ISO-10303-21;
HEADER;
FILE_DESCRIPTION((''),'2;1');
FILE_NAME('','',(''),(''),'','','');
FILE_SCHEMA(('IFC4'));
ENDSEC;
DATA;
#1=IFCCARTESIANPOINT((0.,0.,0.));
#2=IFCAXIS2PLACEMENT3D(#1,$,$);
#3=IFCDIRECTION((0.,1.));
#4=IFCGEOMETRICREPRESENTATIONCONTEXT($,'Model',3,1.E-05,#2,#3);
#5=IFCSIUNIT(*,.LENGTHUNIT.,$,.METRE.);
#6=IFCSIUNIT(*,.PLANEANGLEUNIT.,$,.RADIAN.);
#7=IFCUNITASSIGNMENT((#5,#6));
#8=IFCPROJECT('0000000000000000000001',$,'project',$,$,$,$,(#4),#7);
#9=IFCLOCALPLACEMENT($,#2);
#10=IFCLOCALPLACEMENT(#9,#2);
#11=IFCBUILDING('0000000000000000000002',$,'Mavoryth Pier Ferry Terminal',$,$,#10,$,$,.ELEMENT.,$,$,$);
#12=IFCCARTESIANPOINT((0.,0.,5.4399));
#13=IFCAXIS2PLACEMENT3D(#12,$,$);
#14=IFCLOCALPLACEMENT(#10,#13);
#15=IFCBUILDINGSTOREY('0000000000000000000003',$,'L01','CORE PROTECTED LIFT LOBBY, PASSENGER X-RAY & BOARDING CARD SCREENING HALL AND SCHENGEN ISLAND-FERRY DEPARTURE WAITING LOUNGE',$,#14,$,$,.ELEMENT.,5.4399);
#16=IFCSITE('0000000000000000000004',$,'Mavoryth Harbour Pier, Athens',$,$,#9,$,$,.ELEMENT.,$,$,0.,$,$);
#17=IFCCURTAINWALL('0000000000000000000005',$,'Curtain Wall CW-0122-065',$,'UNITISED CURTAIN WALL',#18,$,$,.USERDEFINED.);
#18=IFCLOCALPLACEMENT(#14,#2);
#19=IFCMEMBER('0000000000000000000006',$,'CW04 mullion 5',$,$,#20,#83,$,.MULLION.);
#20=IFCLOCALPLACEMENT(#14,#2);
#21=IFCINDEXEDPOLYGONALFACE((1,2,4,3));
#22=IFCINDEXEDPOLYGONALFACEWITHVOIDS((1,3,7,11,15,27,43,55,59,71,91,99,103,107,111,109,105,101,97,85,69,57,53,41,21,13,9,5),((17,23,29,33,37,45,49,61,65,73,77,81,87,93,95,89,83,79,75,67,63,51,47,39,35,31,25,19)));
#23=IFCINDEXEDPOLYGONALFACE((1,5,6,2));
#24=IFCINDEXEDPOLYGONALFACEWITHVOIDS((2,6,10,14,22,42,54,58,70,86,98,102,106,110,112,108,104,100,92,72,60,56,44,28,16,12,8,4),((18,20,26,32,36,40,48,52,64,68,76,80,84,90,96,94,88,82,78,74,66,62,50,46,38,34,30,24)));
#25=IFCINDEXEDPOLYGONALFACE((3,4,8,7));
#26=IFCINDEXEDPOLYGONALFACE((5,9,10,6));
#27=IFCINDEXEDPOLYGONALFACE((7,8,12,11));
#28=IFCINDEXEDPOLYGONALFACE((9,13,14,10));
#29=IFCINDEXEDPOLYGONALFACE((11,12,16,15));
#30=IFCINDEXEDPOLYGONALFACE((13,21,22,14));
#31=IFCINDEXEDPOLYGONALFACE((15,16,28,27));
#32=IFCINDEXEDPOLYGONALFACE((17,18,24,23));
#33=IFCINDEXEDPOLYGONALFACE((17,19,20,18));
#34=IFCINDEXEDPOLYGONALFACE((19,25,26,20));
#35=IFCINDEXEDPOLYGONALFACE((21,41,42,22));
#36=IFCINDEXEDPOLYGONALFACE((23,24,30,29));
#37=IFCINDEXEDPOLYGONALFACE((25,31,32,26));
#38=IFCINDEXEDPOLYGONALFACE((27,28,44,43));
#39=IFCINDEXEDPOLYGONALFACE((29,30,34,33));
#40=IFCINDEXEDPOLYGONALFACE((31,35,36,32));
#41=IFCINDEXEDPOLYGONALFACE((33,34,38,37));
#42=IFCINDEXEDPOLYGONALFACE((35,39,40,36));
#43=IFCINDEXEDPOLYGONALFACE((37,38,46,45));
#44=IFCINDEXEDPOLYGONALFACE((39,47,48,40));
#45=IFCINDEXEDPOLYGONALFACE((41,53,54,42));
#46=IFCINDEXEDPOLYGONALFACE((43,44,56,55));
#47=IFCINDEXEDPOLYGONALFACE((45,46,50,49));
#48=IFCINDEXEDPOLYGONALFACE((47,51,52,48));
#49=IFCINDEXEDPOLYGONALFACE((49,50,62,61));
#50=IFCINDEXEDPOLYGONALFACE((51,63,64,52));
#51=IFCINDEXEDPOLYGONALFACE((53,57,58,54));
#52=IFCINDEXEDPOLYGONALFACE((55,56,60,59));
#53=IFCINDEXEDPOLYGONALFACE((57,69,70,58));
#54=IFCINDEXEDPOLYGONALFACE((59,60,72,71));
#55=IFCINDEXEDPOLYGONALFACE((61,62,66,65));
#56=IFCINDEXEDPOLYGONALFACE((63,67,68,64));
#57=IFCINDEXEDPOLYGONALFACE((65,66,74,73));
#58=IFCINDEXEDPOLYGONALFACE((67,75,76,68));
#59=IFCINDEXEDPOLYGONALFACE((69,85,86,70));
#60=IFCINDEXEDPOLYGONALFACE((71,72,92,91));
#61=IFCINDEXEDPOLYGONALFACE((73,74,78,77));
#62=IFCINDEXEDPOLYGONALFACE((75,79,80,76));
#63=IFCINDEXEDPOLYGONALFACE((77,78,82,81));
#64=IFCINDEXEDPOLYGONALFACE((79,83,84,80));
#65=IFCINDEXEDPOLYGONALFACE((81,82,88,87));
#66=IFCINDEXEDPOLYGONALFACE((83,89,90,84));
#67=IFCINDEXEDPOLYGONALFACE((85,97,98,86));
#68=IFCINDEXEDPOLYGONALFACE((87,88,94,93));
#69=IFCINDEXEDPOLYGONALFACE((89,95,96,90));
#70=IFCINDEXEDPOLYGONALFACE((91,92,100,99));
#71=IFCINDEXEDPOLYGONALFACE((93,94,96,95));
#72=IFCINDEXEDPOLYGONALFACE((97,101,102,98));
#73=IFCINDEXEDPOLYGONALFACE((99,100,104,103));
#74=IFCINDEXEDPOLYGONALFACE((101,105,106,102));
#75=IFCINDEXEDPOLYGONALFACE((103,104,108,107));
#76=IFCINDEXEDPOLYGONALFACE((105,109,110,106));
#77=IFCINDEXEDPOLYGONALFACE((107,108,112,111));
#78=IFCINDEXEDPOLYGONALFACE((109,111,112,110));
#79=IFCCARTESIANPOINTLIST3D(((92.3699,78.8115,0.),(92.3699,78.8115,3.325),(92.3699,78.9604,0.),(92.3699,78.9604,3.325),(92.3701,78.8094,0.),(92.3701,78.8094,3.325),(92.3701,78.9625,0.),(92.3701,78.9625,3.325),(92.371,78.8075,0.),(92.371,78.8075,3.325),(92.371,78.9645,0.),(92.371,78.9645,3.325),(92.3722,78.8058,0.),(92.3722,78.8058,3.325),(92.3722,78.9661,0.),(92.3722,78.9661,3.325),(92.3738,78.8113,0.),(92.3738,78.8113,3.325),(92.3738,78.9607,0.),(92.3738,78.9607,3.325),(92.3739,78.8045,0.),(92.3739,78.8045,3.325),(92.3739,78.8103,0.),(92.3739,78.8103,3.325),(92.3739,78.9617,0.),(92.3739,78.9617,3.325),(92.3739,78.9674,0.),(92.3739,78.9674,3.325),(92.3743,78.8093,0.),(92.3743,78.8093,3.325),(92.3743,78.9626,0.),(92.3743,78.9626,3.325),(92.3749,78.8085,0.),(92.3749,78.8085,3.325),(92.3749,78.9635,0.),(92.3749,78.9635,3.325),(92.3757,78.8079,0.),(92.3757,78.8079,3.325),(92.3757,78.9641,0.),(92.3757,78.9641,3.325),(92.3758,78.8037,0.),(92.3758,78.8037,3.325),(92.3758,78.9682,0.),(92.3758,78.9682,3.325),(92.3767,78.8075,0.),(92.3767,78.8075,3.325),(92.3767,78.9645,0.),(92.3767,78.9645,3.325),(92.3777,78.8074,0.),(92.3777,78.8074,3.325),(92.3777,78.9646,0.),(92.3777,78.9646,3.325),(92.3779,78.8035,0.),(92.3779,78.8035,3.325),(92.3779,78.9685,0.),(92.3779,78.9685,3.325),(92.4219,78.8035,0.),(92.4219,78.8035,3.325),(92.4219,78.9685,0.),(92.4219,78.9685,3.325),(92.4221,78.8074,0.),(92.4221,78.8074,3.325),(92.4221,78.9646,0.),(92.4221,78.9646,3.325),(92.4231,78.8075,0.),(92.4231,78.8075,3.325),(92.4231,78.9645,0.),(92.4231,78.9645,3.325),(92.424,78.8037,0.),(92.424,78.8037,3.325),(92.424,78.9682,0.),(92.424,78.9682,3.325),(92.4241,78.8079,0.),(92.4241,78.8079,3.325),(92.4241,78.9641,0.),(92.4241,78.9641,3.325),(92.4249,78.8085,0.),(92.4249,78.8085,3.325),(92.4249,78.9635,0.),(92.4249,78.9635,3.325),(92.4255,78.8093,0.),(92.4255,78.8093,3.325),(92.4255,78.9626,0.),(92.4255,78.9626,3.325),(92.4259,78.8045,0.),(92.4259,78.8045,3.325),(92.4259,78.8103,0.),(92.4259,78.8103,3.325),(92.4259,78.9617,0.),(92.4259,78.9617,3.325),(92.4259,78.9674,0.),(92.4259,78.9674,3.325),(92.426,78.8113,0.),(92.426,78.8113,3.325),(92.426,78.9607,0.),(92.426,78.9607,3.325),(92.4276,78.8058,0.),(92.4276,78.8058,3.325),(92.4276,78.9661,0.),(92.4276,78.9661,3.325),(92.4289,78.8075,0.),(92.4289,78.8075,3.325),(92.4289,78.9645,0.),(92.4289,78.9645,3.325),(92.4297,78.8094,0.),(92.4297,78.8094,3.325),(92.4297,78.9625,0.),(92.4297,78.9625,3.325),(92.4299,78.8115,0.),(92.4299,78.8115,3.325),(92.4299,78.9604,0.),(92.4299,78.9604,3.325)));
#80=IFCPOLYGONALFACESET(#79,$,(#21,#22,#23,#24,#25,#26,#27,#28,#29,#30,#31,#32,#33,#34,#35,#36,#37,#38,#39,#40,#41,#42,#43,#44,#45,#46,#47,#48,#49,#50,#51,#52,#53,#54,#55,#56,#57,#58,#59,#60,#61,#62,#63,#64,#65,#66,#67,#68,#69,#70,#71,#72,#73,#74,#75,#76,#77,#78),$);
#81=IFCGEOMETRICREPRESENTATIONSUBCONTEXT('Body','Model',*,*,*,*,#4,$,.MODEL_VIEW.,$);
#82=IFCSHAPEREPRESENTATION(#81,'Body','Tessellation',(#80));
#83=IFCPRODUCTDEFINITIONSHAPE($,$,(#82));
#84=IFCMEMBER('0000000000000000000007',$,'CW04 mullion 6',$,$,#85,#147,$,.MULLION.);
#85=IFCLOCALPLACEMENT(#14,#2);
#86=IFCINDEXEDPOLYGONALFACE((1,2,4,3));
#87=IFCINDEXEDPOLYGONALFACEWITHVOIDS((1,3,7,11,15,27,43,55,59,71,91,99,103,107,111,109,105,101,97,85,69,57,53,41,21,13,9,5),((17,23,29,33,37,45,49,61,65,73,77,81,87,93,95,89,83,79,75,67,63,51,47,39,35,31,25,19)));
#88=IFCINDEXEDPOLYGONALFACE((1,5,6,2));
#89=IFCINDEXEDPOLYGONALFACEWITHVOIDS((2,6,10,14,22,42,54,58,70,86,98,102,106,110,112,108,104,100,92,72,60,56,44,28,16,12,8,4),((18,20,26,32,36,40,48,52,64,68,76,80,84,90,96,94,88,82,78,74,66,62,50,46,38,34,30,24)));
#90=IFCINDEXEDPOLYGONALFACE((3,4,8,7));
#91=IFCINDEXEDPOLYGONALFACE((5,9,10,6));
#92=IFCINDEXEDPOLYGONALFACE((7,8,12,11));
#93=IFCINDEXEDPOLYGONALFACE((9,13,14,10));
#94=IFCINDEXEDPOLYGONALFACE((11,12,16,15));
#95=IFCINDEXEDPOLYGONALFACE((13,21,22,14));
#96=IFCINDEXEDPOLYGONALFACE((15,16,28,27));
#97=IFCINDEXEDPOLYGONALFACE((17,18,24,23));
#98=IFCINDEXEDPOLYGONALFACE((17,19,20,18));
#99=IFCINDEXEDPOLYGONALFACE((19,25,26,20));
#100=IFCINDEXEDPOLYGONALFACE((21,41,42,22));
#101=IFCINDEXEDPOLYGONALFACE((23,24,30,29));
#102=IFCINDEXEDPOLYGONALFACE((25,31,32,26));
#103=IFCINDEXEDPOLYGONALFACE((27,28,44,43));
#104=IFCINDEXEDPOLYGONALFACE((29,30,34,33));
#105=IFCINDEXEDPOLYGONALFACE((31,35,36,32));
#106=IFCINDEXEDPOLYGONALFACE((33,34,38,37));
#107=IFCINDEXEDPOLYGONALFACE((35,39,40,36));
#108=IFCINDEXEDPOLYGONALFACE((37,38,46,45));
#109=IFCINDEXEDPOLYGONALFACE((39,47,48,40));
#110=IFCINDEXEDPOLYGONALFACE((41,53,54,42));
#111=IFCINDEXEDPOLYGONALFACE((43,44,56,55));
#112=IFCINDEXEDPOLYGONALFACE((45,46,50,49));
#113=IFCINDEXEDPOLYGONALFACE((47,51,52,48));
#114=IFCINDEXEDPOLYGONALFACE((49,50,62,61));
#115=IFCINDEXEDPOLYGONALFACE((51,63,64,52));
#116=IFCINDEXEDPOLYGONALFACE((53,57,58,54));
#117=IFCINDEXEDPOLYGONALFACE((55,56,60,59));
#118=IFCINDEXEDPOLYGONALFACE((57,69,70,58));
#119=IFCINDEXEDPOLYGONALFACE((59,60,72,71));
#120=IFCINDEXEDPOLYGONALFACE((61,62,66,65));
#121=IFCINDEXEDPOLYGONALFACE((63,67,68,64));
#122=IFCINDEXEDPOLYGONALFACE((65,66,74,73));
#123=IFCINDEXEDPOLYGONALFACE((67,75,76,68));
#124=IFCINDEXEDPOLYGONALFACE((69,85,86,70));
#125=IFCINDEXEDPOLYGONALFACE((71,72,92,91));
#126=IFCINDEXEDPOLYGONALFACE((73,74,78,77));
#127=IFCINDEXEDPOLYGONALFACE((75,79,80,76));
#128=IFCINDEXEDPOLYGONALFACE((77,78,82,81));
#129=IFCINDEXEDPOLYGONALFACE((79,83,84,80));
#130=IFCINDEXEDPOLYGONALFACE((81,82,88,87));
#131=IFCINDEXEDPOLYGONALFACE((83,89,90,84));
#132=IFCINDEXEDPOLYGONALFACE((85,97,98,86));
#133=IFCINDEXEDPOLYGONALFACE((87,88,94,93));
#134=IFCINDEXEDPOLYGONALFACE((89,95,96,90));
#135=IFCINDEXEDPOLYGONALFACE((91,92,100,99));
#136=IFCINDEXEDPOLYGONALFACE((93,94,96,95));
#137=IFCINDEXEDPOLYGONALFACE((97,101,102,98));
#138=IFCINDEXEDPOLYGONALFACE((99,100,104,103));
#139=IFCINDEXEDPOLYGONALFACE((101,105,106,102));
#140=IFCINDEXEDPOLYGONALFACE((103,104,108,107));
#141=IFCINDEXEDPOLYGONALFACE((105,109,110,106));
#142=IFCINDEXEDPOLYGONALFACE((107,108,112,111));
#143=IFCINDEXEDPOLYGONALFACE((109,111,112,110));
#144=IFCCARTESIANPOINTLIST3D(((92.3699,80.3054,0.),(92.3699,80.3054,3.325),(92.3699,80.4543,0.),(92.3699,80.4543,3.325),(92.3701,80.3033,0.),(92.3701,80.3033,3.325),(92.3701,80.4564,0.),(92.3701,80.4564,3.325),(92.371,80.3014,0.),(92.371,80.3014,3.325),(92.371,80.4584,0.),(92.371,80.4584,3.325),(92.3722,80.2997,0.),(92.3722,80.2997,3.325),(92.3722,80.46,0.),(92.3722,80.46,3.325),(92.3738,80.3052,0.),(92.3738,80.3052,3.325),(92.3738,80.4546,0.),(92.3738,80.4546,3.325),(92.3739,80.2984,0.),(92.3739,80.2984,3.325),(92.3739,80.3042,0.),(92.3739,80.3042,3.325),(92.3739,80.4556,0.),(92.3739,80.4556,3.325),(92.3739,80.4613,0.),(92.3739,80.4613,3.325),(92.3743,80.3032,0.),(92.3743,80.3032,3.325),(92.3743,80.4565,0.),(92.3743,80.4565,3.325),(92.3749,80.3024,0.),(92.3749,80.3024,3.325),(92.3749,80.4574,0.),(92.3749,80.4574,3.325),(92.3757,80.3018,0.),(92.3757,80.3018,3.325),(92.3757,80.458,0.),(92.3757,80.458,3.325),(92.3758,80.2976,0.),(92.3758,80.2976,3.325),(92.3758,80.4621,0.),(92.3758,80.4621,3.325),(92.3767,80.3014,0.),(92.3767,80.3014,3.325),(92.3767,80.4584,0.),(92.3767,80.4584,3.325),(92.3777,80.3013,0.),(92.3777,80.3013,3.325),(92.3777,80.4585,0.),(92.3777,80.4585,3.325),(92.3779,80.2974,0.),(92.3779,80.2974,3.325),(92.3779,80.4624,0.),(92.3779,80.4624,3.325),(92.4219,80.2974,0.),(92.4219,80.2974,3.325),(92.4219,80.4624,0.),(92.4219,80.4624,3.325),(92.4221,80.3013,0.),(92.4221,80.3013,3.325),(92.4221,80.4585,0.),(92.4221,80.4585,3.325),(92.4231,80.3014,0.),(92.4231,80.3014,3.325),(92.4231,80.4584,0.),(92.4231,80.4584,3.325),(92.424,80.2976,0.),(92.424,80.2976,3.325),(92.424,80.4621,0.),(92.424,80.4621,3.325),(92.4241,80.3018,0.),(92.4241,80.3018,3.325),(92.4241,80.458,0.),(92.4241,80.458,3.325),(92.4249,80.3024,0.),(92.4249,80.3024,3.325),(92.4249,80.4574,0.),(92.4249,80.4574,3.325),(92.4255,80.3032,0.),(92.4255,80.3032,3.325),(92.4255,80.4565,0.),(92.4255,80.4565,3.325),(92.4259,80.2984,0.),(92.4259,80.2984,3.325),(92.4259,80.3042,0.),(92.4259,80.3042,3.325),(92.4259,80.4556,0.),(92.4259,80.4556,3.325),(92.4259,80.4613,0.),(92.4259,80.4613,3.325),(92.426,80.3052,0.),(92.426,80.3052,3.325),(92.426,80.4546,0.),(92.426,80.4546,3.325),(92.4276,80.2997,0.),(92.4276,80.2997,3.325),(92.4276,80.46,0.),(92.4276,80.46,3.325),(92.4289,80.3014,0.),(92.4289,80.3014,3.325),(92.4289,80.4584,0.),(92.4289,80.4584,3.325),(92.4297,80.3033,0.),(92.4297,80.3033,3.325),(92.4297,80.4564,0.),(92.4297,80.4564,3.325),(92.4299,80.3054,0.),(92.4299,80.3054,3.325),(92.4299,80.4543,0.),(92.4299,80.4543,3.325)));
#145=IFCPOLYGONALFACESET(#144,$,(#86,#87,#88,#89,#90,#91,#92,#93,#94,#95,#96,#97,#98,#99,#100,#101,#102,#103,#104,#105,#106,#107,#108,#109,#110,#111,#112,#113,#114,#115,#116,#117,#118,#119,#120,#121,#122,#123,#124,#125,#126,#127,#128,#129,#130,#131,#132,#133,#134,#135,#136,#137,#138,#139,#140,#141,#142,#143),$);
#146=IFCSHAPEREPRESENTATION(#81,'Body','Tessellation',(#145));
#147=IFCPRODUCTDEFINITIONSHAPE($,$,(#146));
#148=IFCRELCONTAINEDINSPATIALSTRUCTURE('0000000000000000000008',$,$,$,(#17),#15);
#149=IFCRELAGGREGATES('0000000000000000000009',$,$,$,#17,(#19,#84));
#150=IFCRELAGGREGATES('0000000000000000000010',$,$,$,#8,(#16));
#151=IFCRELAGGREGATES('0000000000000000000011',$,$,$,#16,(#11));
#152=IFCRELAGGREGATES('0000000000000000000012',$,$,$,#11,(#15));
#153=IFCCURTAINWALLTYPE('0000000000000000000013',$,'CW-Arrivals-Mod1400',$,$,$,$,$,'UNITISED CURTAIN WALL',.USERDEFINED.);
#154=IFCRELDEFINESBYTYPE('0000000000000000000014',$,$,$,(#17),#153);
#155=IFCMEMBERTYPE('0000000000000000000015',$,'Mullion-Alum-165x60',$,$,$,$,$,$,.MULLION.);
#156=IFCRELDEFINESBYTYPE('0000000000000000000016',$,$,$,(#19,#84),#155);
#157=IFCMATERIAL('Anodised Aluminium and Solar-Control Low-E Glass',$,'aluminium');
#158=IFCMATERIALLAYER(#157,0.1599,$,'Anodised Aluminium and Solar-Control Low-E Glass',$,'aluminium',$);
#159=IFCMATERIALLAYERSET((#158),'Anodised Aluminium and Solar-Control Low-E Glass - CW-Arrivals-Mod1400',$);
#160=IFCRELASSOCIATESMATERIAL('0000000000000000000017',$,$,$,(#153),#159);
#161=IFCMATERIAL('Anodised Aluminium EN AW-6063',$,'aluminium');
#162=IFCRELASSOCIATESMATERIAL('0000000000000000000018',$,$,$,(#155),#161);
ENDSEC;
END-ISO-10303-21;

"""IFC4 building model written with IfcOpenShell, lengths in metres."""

from ifc_helpers import new_model, si_unit, direction, frame, origin, origin_2d, place, context, subcontext, project, spatial, hollow_rectangle, extrude, material, layer, layer_set, material_profile, profile_set, type_object, element, aggregate, save


model = new_model("IFC4")

# Units and contexts
model_context = context("Model", 3, precision=1e-05, world=origin(), true_north=direction((0.0, 1.0)))
body_context = subcontext(model_context, "Body", "Model", "MODEL_VIEW")
ifc_project = project(units=[si_unit("LENGTHUNIT", "METRE"), si_unit("PLANEANGLEUNIT", "RADIAN")], contexts=[model_context])

# Site, building, storey
site_placement = place(None, origin())
site = spatial("IfcSite", under=ifc_project, at=site_placement, Name="Mavoryth Harbour Pier, Athens", CompositionType="ELEMENT", RefElevation=0.0)
building_placement = place(site_placement, origin())
building = spatial("IfcBuilding", under=site, at=building_placement, Name="Mavoryth Pier Ferry Terminal", CompositionType="ELEMENT")
storey_placement = place(building_placement, frame((0.0, 0.0, 5.4399)))
storey = spatial("IfcBuildingStorey", under=building, at=storey_placement, Name="L01", Description="CORE PROTECTED LIFT LOBBY, PASSENGER X-RAY & BOARDING CARD SCREENING HALL AND SCHENGEN ISLAND-FERRY DEPARTURE WAITING LOUNGE", CompositionType="ELEMENT", Elevation=5.4399)

# Curtain wall, members
ifc_material_1 = material(Name="Anodised Aluminium and Solar-Control Low-E Glass", Category="aluminium")
ifc_layer_1 = layer(ifc_material_1, 0.1599, Name="Anodised Aluminium and Solar-Control Low-E Glass", Category="aluminium")
ifc_layer_set_1 = layer_set([ifc_layer_1], Name="Anodised Aluminium and Solar-Control Low-E Glass - CW-Arrivals-Mod1400")
curtain_wall_type = type_object("IfcCurtainWallType", Name="CW-Arrivals-Mod1400", ElementType="UNITISED CURTAIN WALL", PredefinedType="USERDEFINED", material=ifc_layer_set_1)
curtain_wall_1_placement = place(storey_placement, origin())
curtain_wall_1 = element("IfcCurtainWall", 1, at=curtain_wall_1_placement, inside=storey, type_object=curtain_wall_type, Name="Curtain Wall CW-0122-065", ObjectType="UNITISED CURTAIN WALL", PredefinedType="USERDEFINED")
ifc_material_2 = material(Name="Anodised Aluminium EN AW-6063", Category="aluminium")
ifc_material_profile_1 = material_profile(ifc_material_2, hollow_rectangle(XDim=0.0601, YDim=0.165, WallThickness=0.0039, InnerFilletRadius=0.0039, OuterFilletRadius=0.0081, at=origin_2d()), Name="AL-MULL 165x60x4", Category="aluminium")
ifc_profile_set_1 = profile_set([ifc_material_profile_1], Name="Anodised Aluminium EN AW-6063 - AL-MULL 165x60x4")
member_type_1 = type_object("IfcMemberType", Name="Mullion-Alum-165x60", PredefinedType="MULLION", material=ifc_profile_set_1)
member_1_placement = place(storey_placement, frame((92.3999, 78.886, 0.0), z_axis=(0.0, 0.0, 1.0), x_axis=(-1.0, 0.0, 0.0)))
member_1 = element("IfcMember", 2, at=member_1_placement, type_object=member_type_1, Name="CW04 mullion 5", PredefinedType="MULLION", context=body_context, shape_type="SweptSolid", body=[
    extrude(hollow_rectangle(XDim=0.0601, YDim=0.165, WallThickness=0.0039, InnerFilletRadius=0.0039, OuterFilletRadius=0.0081, at=origin_2d()), origin(), (0.0, 0.0, 1.0), 3.325),
])
member_2_placement = place(storey_placement, frame((92.3999, 80.3799, 0.0), z_axis=(0.0, 0.0, 1.0), x_axis=(-1.0, 0.0, 0.0)))
member_2 = element("IfcMember", 3, at=member_2_placement, type_object=member_type_1, Name="CW04 mullion 6", PredefinedType="MULLION", context=body_context, shape_type="SweptSolid", body=[
    extrude(hollow_rectangle(XDim=0.0601, YDim=0.165, WallThickness=0.0039, InnerFilletRadius=0.0039, OuterFilletRadius=0.0081, at=origin_2d()), origin(), (0.0, 0.0, 1.0), 3.325),
])

aggregate(curtain_wall_1, [member_1, member_2])

save(model, "model.ifc")
